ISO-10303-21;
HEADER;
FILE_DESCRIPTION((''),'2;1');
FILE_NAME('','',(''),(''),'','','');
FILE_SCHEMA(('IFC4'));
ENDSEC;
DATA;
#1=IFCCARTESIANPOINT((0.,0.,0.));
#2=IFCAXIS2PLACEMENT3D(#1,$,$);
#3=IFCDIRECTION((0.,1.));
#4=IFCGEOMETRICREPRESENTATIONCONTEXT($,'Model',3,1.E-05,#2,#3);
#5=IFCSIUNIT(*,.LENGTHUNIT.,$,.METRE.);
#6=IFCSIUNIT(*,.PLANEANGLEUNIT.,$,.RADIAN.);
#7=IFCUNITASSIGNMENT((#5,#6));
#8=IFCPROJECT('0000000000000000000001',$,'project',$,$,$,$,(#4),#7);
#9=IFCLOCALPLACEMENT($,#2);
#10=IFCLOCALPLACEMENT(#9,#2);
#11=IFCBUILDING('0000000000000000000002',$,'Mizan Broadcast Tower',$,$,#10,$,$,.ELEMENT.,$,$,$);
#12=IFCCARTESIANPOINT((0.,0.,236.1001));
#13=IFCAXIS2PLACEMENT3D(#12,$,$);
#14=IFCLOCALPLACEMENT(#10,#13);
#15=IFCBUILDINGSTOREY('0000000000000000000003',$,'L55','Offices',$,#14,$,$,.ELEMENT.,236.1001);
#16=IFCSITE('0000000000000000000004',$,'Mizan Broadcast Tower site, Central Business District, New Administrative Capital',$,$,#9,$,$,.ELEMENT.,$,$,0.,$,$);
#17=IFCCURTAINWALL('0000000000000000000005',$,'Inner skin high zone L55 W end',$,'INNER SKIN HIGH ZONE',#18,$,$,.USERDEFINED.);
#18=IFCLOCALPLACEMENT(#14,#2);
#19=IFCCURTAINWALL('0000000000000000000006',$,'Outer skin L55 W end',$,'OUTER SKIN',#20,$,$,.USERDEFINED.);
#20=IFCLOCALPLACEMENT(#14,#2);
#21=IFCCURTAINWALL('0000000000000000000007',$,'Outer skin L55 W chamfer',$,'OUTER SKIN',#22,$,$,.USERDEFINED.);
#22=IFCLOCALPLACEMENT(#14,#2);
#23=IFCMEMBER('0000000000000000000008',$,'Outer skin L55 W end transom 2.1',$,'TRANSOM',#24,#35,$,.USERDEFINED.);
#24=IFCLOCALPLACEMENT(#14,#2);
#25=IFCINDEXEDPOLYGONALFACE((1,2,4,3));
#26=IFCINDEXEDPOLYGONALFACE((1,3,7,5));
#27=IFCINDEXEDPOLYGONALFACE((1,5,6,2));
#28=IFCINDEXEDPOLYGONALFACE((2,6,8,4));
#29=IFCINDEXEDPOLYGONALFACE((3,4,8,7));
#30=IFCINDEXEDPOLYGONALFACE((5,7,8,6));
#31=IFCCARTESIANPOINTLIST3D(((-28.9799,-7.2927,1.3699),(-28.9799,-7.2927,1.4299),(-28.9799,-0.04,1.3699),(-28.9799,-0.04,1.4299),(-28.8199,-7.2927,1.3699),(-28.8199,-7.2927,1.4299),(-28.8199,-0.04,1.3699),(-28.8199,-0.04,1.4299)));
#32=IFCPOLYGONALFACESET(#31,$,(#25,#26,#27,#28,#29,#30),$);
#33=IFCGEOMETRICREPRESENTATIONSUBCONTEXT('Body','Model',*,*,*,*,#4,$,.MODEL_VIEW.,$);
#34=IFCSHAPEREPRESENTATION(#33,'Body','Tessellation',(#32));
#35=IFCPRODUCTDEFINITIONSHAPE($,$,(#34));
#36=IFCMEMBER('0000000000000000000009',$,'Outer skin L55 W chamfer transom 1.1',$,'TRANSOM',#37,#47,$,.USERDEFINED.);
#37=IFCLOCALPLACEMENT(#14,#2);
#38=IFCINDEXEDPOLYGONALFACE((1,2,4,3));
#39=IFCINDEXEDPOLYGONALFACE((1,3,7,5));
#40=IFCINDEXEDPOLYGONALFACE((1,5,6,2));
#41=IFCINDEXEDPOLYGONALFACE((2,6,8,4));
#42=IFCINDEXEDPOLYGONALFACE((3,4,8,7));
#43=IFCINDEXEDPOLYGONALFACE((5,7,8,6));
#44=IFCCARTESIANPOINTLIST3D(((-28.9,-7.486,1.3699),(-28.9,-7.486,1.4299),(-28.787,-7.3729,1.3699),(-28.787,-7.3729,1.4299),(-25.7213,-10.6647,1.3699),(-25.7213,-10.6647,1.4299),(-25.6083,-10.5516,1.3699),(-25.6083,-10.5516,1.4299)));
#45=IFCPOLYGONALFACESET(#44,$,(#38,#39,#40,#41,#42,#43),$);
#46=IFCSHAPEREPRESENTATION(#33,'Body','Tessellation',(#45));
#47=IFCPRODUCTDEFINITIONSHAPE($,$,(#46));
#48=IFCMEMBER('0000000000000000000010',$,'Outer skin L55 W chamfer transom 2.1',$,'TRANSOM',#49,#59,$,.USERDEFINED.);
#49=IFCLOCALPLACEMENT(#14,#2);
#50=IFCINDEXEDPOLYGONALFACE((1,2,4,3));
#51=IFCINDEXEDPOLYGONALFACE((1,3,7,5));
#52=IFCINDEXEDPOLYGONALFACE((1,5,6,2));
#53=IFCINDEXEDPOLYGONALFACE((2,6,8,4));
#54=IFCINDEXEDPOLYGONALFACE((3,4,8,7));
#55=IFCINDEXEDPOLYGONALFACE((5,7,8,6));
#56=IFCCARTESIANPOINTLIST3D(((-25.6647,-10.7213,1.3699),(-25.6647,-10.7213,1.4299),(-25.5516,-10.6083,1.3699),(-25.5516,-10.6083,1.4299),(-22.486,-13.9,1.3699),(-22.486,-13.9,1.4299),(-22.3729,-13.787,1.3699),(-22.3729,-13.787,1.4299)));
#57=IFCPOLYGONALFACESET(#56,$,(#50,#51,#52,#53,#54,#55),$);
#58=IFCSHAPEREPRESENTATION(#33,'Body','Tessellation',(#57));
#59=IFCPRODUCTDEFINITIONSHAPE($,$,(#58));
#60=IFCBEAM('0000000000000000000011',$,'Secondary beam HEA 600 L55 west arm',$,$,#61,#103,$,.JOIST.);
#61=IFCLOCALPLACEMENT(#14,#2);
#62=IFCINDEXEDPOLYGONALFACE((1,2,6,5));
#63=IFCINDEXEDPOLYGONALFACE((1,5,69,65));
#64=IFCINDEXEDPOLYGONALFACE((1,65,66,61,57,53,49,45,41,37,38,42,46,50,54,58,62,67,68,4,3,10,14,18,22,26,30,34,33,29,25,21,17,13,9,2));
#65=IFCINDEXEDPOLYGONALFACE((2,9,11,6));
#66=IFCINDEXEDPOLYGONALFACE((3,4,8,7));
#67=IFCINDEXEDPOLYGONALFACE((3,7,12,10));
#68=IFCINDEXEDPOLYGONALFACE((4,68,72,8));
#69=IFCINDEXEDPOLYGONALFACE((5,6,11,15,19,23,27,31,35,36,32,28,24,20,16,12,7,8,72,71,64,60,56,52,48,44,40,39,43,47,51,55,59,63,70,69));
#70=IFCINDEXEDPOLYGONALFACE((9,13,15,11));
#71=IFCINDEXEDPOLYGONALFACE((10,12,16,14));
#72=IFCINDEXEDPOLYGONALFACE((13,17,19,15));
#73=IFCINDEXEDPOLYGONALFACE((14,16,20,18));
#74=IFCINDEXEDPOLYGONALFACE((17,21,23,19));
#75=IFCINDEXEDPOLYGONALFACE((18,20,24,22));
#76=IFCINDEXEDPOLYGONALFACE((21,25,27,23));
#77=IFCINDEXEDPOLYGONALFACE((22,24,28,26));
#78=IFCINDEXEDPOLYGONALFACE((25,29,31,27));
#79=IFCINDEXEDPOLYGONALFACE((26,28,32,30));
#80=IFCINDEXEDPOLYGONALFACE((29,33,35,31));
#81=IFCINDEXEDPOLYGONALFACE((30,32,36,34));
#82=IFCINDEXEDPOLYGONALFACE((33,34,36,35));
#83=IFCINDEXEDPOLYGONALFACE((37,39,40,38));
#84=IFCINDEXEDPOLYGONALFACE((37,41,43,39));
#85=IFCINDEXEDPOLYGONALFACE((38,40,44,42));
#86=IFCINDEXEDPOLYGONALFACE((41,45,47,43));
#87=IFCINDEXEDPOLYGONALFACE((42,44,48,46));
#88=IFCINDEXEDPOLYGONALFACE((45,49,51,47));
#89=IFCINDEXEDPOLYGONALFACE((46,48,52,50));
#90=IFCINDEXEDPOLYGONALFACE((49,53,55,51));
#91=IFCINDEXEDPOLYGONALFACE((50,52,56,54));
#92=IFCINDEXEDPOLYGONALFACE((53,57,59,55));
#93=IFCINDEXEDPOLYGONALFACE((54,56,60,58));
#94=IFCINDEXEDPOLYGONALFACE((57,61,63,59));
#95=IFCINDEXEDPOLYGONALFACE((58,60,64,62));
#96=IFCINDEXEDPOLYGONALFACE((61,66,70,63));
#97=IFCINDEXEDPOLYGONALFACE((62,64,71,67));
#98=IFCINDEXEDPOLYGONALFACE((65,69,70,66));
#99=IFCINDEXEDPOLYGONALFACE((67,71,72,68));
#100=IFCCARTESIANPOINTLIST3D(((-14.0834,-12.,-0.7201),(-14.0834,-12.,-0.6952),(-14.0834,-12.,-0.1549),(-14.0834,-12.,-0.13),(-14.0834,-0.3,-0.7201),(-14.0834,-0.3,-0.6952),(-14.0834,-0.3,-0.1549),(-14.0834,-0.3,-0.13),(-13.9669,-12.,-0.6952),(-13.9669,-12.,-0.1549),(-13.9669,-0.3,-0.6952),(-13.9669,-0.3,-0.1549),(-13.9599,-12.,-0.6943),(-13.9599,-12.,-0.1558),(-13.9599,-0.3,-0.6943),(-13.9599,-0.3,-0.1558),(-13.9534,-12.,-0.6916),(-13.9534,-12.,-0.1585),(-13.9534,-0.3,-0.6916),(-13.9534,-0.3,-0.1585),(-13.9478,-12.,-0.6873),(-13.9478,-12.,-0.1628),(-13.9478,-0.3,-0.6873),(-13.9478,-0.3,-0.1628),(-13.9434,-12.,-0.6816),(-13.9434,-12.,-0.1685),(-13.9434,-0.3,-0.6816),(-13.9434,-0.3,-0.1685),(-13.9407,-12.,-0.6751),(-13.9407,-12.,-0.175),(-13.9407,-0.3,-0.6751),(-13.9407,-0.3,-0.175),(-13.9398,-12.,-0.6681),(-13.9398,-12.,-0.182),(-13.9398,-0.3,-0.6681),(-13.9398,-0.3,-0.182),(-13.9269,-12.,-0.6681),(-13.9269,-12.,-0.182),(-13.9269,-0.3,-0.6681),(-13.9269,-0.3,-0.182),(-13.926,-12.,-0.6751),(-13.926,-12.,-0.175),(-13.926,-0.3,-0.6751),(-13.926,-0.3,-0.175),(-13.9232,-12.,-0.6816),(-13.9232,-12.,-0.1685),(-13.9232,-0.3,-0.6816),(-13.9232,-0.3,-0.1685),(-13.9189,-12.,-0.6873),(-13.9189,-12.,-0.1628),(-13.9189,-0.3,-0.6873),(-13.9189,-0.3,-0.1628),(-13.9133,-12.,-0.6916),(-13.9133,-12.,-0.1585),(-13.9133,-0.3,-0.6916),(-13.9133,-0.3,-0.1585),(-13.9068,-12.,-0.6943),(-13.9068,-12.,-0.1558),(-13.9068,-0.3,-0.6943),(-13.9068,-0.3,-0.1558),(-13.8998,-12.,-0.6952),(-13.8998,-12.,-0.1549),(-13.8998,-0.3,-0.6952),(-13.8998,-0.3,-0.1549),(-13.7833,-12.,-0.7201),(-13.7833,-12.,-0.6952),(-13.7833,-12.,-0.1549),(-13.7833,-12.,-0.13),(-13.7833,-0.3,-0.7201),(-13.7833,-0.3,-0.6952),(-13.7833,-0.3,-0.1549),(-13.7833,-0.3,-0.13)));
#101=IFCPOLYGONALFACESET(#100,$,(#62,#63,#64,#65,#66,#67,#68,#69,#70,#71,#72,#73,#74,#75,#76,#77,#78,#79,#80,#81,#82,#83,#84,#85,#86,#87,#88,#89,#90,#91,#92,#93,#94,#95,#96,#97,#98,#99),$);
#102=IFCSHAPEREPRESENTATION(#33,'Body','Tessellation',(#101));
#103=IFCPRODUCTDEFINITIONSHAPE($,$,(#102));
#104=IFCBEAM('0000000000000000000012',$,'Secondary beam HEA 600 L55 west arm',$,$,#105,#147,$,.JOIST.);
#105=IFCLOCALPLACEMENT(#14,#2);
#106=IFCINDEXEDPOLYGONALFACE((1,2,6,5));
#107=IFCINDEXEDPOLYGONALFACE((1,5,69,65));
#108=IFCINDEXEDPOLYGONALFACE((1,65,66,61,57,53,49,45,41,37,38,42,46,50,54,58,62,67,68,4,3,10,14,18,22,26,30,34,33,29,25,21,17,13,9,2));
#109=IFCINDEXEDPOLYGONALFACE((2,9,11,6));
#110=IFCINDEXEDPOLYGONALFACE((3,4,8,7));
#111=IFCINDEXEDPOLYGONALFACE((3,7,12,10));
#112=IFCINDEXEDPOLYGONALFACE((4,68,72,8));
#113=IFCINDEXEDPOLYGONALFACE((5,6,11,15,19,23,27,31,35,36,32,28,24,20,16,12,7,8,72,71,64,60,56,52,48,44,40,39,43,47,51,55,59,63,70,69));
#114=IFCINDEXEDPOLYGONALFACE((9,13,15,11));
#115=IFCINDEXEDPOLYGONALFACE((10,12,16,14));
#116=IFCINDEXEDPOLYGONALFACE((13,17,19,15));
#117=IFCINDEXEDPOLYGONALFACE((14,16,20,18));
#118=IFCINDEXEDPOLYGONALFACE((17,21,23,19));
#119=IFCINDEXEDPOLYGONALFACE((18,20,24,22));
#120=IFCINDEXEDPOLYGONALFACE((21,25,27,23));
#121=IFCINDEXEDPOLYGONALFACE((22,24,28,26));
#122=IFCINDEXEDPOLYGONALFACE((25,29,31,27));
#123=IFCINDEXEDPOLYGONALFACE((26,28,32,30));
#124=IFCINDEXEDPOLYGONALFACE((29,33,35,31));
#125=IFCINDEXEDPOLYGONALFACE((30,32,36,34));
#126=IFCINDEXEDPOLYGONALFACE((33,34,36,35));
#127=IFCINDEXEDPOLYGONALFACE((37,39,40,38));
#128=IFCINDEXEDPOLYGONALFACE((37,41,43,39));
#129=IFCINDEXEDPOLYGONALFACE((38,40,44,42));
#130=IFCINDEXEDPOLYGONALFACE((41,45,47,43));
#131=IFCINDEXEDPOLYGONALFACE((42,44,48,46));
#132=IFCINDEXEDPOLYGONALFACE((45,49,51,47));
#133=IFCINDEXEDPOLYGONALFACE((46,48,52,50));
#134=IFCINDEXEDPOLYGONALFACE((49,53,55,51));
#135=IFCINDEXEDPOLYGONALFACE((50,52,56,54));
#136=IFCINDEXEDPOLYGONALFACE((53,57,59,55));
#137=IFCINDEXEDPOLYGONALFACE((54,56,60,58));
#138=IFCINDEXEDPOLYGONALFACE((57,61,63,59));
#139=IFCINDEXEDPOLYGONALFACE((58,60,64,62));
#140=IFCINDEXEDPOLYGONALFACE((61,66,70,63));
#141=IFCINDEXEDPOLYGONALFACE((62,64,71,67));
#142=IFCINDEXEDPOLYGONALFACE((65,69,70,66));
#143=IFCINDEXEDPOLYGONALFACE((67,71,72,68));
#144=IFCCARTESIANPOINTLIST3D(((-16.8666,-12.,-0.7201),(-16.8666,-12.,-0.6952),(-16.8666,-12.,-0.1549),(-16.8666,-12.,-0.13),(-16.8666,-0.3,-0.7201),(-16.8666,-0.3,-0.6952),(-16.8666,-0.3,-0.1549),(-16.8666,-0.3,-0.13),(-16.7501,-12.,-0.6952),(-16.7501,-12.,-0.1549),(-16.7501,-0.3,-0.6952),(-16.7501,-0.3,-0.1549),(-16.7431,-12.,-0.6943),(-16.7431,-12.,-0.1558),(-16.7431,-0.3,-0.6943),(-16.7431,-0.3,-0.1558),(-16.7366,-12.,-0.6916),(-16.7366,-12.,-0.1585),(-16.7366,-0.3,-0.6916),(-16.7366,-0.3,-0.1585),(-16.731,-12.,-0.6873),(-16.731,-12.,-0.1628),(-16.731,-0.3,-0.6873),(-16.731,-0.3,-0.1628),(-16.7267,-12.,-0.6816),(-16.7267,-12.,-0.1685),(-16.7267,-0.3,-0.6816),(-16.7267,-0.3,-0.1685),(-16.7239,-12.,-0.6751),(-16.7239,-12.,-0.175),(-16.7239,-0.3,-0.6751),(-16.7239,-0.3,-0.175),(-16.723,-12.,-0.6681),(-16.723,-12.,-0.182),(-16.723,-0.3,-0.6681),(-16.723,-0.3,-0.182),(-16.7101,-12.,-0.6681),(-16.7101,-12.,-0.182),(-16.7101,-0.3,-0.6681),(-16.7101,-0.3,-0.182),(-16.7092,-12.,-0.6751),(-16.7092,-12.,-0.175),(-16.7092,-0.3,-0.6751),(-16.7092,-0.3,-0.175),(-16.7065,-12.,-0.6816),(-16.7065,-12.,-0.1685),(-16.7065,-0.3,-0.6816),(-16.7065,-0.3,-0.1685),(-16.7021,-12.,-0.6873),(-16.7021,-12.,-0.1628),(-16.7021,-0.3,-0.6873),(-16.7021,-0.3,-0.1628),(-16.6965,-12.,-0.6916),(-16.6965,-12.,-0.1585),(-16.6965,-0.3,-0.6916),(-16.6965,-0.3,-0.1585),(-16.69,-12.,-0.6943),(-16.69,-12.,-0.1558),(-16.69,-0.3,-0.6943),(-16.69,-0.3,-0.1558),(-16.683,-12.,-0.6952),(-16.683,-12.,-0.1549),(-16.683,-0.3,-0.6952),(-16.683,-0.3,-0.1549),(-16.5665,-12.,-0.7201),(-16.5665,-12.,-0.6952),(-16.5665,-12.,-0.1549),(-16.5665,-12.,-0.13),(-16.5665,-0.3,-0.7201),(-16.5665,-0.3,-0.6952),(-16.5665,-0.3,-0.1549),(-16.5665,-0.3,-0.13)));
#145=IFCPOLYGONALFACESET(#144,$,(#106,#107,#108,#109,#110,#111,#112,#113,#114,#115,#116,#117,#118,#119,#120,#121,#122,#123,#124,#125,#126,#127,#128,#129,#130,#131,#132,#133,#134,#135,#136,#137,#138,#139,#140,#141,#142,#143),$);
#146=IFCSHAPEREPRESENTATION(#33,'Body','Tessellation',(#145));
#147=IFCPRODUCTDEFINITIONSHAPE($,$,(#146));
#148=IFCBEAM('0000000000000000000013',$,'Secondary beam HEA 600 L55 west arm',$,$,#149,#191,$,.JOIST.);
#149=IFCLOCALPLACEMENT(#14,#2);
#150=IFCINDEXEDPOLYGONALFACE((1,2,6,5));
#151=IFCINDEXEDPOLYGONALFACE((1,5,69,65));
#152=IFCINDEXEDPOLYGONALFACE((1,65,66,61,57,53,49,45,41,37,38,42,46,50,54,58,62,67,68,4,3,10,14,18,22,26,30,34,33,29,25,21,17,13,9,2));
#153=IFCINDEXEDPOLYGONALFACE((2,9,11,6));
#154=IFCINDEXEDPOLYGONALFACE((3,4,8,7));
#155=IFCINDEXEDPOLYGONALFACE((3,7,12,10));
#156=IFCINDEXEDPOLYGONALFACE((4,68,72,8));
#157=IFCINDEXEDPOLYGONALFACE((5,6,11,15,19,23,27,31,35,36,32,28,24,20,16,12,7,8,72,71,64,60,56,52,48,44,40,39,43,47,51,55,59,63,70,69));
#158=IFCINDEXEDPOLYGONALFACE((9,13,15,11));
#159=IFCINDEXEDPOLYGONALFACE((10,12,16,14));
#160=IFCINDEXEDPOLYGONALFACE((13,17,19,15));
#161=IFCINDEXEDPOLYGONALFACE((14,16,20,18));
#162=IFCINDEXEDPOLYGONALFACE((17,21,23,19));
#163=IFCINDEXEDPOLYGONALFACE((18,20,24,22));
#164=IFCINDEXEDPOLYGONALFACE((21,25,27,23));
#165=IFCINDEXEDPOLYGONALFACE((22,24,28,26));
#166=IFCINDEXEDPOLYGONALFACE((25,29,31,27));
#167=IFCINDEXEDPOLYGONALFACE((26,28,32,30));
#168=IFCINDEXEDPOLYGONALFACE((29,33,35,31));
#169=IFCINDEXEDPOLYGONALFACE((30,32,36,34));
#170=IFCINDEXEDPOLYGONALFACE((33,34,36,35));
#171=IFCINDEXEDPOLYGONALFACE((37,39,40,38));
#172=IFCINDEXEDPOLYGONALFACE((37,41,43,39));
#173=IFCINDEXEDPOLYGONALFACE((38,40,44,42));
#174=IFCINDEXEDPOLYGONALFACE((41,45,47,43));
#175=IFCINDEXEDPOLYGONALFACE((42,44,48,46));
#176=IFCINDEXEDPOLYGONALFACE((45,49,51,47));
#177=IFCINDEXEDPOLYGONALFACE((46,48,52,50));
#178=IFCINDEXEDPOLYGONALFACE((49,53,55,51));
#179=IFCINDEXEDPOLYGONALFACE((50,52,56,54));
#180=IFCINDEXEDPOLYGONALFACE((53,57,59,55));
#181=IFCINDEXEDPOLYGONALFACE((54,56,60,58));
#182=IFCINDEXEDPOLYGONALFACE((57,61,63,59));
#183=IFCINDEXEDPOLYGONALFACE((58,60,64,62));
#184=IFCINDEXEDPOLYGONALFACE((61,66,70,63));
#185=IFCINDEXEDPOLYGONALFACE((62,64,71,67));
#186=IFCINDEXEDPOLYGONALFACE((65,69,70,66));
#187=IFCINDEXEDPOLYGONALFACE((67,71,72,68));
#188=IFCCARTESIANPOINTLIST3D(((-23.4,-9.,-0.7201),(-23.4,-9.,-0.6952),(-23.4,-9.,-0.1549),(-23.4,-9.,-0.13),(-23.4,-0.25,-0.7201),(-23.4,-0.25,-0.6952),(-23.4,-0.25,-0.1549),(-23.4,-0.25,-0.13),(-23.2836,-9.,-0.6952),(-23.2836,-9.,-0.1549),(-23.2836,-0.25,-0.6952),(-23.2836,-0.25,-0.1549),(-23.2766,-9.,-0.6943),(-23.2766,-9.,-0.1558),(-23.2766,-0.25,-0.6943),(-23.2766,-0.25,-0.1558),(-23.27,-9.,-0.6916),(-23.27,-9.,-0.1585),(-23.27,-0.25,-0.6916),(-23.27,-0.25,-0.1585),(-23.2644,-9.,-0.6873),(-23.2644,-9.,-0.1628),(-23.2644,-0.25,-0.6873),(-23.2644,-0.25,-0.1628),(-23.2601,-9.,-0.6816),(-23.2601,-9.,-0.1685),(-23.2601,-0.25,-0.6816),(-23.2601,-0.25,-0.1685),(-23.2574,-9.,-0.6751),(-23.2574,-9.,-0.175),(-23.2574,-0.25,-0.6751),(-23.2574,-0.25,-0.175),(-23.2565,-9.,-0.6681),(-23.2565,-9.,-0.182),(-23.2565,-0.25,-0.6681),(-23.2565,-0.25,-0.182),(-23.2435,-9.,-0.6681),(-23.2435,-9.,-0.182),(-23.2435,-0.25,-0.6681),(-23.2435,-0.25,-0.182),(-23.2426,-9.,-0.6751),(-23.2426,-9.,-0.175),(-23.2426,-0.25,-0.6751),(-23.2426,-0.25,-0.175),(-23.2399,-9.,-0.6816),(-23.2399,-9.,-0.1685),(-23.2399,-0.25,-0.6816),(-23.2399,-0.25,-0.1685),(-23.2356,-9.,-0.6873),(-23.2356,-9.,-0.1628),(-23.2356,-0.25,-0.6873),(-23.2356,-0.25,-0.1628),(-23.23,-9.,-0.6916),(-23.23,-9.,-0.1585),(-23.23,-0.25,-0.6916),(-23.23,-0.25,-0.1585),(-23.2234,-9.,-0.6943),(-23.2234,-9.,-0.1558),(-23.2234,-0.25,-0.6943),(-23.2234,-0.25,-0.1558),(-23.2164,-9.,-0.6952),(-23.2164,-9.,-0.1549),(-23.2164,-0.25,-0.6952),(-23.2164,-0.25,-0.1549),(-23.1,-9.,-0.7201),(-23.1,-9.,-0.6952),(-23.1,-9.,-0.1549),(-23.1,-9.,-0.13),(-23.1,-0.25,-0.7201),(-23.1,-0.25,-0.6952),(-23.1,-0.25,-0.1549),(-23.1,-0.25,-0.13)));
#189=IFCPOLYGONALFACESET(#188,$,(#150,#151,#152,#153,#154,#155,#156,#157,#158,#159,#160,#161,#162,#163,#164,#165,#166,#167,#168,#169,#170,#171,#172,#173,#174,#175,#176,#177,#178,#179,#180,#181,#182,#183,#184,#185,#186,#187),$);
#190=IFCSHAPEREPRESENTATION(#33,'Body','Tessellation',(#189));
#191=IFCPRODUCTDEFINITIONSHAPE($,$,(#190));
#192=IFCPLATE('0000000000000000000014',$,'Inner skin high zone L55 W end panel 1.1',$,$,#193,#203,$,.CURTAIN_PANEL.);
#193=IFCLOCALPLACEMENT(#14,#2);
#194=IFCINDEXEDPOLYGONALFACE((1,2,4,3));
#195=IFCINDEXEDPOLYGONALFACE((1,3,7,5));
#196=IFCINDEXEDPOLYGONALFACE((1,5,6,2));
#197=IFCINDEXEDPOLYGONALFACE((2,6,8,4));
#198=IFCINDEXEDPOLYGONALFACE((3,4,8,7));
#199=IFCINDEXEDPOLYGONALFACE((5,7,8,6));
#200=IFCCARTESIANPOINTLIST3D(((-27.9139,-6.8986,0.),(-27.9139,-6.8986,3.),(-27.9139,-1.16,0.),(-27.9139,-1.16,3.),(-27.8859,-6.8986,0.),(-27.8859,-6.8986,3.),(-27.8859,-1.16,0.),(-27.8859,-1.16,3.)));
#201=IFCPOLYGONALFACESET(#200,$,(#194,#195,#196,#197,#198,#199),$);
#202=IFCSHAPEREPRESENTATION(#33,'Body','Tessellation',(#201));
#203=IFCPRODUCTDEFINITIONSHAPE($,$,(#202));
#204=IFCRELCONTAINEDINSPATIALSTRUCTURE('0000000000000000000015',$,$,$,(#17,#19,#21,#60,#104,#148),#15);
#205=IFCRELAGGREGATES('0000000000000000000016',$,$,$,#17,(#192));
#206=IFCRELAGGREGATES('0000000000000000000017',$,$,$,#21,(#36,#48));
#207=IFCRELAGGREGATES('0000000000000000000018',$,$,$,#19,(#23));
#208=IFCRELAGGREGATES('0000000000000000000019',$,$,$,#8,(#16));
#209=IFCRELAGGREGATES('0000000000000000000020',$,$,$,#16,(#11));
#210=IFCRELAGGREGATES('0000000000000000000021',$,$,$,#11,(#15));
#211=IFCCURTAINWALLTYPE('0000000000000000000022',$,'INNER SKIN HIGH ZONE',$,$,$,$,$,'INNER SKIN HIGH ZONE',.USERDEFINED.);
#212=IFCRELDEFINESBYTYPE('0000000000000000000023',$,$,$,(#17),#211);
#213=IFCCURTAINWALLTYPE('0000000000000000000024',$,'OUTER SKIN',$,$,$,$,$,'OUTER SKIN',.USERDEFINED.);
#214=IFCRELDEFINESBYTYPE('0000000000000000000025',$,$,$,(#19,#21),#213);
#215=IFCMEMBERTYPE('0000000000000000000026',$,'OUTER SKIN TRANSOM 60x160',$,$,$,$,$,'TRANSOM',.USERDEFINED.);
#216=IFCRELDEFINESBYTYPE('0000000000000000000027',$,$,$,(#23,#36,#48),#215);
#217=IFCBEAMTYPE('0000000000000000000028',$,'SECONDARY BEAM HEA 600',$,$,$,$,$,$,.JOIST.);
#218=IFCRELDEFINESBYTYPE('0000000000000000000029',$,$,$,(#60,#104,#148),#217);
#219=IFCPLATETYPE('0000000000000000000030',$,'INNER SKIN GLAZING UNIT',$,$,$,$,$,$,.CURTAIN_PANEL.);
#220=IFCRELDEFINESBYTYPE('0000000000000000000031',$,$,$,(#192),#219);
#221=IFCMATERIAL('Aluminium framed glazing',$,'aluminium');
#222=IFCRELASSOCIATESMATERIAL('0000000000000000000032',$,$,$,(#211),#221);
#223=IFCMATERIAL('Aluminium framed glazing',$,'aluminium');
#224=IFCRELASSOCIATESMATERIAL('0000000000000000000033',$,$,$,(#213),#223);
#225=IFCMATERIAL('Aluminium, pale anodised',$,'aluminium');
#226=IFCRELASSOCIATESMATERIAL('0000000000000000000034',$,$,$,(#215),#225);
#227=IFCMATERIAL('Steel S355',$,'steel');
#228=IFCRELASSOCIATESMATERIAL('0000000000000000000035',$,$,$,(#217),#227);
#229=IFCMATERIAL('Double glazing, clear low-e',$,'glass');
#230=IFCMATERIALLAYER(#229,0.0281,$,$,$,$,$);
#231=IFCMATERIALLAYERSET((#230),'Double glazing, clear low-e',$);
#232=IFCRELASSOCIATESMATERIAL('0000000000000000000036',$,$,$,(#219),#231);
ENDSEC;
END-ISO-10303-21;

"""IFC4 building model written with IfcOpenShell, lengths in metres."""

from ifc_helpers import new_model, si_unit, direction, frame, origin, origin_2d, place, context, subcontext, project, spatial, rectangle, i_section, extrude, material, layer, layer_set, material_profile, profile_set, type_object, element, aggregate, save


model = new_model("IFC4")

# Units and contexts
model_context = context("Model", 3, precision=1e-05, world=origin(), true_north=direction((0.0, 1.0)))
body_context = subcontext(model_context, "Body", "Model", "MODEL_VIEW")
ifc_project = project(units=[si_unit("LENGTHUNIT", "METRE"), si_unit("PLANEANGLEUNIT", "RADIAN")], contexts=[model_context])

# Site, building, storey
site_placement = place(None, origin())
site = spatial("IfcSite", under=ifc_project, at=site_placement, Name="Mizan Broadcast Tower site, Central Business District, New Administrative Capital", CompositionType="ELEMENT", RefElevation=0.0)
building_placement = place(site_placement, origin())
building = spatial("IfcBuilding", under=site, at=building_placement, Name="Mizan Broadcast Tower", CompositionType="ELEMENT")
storey_placement = place(building_placement, frame((0.0, 0.0, 236.1001)))
storey = spatial("IfcBuildingStorey", under=building, at=storey_placement, Name="L55", Description="Offices", CompositionType="ELEMENT", Elevation=236.1001)

# Curtain wall
ifc_material_1 = material(Name="Aluminium framed glazing", Category="aluminium")
curtain_wall_type_1 = type_object("IfcCurtainWallType", Name="INNER SKIN HIGH ZONE", ElementType="INNER SKIN HIGH ZONE", PredefinedType="USERDEFINED", material=ifc_material_1)
curtain_wall_1_placement = place(storey_placement, origin())
curtain_wall_1 = element("IfcCurtainWall", 1, at=curtain_wall_1_placement, inside=storey, type_object=curtain_wall_type_1, Name="Inner skin high zone L55 W end", ObjectType="INNER SKIN HIGH ZONE", PredefinedType="USERDEFINED")

# Curtain walls
ifc_material_2 = material(Name="Aluminium framed glazing", Category="aluminium")
curtain_wall_type_2 = type_object("IfcCurtainWallType", Name="OUTER SKIN", ElementType="OUTER SKIN", PredefinedType="USERDEFINED", material=ifc_material_2)
curtain_wall_2_placement = place(storey_placement, origin())
curtain_wall_2 = element("IfcCurtainWall", 2, at=curtain_wall_2_placement, inside=storey, type_object=curtain_wall_type_2, Name="Outer skin L55 W end", ObjectType="OUTER SKIN", PredefinedType="USERDEFINED")
curtain_wall_3_placement = place(storey_placement, origin())
curtain_wall_3 = element("IfcCurtainWall", 3, at=curtain_wall_3_placement, inside=storey, type_object=curtain_wall_type_2, Name="Outer skin L55 W chamfer", ObjectType="OUTER SKIN", PredefinedType="USERDEFINED")

# Members
ifc_material_3 = material(Name="Aluminium, pale anodised", Category="aluminium")
ifc_material_profile_1 = material_profile(ifc_material_3, rectangle(XDim=0.1599, YDim=0.0601, at=origin_2d()), Name="TRANSOM 160x60")
ifc_profile_set_1 = profile_set([ifc_material_profile_1], Name="Aluminium, pale anodised")
member_type_1 = type_object("IfcMemberType", Name="OUTER SKIN TRANSOM 60x160", ElementType="TRANSOM", PredefinedType="USERDEFINED", material=ifc_profile_set_1)
member_1_placement = place(storey_placement, frame((-28.8999, -0.04, 1.3999), z_axis=(0.0, -1.0, 0.0), x_axis=(1.0, 0.0, 0.0)))
member_1 = element("IfcMember", 4, at=member_1_placement, type_object=member_type_1, Name="Outer skin L55 W end transom 2.1", ObjectType="TRANSOM", PredefinedType="USERDEFINED", context=body_context, shape_type="SweptSolid", body=[
    extrude(rectangle(XDim=0.1599, YDim=0.0601, at=origin_2d()), origin(), (0.0, 0.0, 1.0), 7.2527),
])
member_2_placement = place(storey_placement, frame((-28.8435, -7.4294, 1.3999), z_axis=(0.707107, -0.707107, 0.0), x_axis=(0.707107, 0.707107, 0.0)))
member_2 = element("IfcMember", 5, at=member_2_placement, type_object=member_type_1, Name="Outer skin L55 W chamfer transom 1.1", ObjectType="TRANSOM", PredefinedType="USERDEFINED", context=body_context, shape_type="SweptSolid", body=[
    extrude(rectangle(XDim=0.1599, YDim=0.0601, at=origin_2d()), origin(), (0.0, 0.0, 1.0), 4.4954),
])
member_3_placement = place(storey_placement, frame((-25.6082, -10.6648, 1.3999), z_axis=(0.707107, -0.707107, 0.0), x_axis=(0.707107, 0.707107, 0.0)))
member_3 = element("IfcMember", 6, at=member_3_placement, type_object=member_type_1, Name="Outer skin L55 W chamfer transom 2.1", ObjectType="TRANSOM", PredefinedType="USERDEFINED", context=body_context, shape_type="SweptSolid", body=[
    extrude(rectangle(XDim=0.1599, YDim=0.0601, at=origin_2d()), origin(), (0.0, 0.0, 1.0), 4.4954),
])

# Beams
ifc_material_4 = material(Name="Steel S355", Category="steel")
ifc_material_profile_2 = material_profile(ifc_material_4, i_section(OverallWidth=0.3, OverallDepth=0.5901, WebThickness=0.0129, FlangeThickness=0.0249, FilletRadius=0.0271, at=origin_2d()), Name="HEA 600")
ifc_profile_set_2 = profile_set([ifc_material_profile_2], Name="Steel S355")
beam_type_1 = type_object("IfcBeamType", Name="SECONDARY BEAM HEA 600", PredefinedType="JOIST", material=ifc_profile_set_2)
for number, where, z_axis, x_axis, name in (
    (7, (-13.9333, -12.0, -0.425), (0.0, 1.0, 0.0), (-1.0, 0.0, 0.0), "Secondary beam HEA 600 L55 west arm"),
    (8, (-16.7166, -12.0, -0.425), (0.0, 1.0, 0.0), (-1.0, 0.0, 0.0), "Secondary beam HEA 600 L55 west arm"),
):
    element("IfcBeam", number, at=place(storey_placement, frame(where, z_axis=z_axis, x_axis=x_axis)), inside=storey, type_object=beam_type_1, Name=name, PredefinedType="JOIST", context=body_context, shape_type="SweptSolid", body=[
        extrude(i_section(OverallWidth=0.3, OverallDepth=0.5901, WebThickness=0.0129, FlangeThickness=0.0249, FilletRadius=0.0271, at=origin_2d()), origin(), (0.0, 0.0, 1.0), 11.7),
    ])
beam_1_placement = place(storey_placement, frame((-23.25, -9.0, -0.425), z_axis=(0.0, 1.0, 0.0), x_axis=(-1.0, 0.0, 0.0)))
element("IfcBeam", 9, at=beam_1_placement, inside=storey, type_object=beam_type_1, Name="Secondary beam HEA 600 L55 west arm", PredefinedType="JOIST", context=body_context, shape_type="SweptSolid", body=[
    extrude(i_section(OverallWidth=0.3, OverallDepth=0.5901, WebThickness=0.0129, FlangeThickness=0.0249, FilletRadius=0.0271, at=origin_2d()), origin(), (0.0, 0.0, 1.0), 8.75),
])

# Plate
ifc_material_5 = material(Name="Double glazing, clear low-e", Category="glass")
ifc_layer_1 = layer(ifc_material_5, 0.0281)
ifc_layer_set_1 = layer_set([ifc_layer_1], Name="Double glazing, clear low-e")
plate_type_1 = type_object("IfcPlateType", Name="INNER SKIN GLAZING UNIT", PredefinedType="CURTAIN_PANEL", material=ifc_layer_set_1)
plate_1_placement = place(storey_placement, frame((-27.8999, -4.0293, 0.0), z_axis=(0.0, 0.0, 1.0), x_axis=(0.0, -1.0, 0.0)))
plate_1 = element("IfcPlate", 10, at=plate_1_placement, type_object=plate_type_1, Name="Inner skin high zone L55 W end panel 1.1", PredefinedType="CURTAIN_PANEL", context=body_context, shape_type="SweptSolid", body=[
    extrude(rectangle(XDim=5.7385, YDim=0.0281, at=origin_2d()), origin(), (0.0, 0.0, 1.0), 3.0),
])
aggregate(curtain_wall_1, [plate_1])
aggregate(curtain_wall_3, [member_2, member_3])
aggregate(curtain_wall_2, [member_1])

save(model, "model.ifc")
